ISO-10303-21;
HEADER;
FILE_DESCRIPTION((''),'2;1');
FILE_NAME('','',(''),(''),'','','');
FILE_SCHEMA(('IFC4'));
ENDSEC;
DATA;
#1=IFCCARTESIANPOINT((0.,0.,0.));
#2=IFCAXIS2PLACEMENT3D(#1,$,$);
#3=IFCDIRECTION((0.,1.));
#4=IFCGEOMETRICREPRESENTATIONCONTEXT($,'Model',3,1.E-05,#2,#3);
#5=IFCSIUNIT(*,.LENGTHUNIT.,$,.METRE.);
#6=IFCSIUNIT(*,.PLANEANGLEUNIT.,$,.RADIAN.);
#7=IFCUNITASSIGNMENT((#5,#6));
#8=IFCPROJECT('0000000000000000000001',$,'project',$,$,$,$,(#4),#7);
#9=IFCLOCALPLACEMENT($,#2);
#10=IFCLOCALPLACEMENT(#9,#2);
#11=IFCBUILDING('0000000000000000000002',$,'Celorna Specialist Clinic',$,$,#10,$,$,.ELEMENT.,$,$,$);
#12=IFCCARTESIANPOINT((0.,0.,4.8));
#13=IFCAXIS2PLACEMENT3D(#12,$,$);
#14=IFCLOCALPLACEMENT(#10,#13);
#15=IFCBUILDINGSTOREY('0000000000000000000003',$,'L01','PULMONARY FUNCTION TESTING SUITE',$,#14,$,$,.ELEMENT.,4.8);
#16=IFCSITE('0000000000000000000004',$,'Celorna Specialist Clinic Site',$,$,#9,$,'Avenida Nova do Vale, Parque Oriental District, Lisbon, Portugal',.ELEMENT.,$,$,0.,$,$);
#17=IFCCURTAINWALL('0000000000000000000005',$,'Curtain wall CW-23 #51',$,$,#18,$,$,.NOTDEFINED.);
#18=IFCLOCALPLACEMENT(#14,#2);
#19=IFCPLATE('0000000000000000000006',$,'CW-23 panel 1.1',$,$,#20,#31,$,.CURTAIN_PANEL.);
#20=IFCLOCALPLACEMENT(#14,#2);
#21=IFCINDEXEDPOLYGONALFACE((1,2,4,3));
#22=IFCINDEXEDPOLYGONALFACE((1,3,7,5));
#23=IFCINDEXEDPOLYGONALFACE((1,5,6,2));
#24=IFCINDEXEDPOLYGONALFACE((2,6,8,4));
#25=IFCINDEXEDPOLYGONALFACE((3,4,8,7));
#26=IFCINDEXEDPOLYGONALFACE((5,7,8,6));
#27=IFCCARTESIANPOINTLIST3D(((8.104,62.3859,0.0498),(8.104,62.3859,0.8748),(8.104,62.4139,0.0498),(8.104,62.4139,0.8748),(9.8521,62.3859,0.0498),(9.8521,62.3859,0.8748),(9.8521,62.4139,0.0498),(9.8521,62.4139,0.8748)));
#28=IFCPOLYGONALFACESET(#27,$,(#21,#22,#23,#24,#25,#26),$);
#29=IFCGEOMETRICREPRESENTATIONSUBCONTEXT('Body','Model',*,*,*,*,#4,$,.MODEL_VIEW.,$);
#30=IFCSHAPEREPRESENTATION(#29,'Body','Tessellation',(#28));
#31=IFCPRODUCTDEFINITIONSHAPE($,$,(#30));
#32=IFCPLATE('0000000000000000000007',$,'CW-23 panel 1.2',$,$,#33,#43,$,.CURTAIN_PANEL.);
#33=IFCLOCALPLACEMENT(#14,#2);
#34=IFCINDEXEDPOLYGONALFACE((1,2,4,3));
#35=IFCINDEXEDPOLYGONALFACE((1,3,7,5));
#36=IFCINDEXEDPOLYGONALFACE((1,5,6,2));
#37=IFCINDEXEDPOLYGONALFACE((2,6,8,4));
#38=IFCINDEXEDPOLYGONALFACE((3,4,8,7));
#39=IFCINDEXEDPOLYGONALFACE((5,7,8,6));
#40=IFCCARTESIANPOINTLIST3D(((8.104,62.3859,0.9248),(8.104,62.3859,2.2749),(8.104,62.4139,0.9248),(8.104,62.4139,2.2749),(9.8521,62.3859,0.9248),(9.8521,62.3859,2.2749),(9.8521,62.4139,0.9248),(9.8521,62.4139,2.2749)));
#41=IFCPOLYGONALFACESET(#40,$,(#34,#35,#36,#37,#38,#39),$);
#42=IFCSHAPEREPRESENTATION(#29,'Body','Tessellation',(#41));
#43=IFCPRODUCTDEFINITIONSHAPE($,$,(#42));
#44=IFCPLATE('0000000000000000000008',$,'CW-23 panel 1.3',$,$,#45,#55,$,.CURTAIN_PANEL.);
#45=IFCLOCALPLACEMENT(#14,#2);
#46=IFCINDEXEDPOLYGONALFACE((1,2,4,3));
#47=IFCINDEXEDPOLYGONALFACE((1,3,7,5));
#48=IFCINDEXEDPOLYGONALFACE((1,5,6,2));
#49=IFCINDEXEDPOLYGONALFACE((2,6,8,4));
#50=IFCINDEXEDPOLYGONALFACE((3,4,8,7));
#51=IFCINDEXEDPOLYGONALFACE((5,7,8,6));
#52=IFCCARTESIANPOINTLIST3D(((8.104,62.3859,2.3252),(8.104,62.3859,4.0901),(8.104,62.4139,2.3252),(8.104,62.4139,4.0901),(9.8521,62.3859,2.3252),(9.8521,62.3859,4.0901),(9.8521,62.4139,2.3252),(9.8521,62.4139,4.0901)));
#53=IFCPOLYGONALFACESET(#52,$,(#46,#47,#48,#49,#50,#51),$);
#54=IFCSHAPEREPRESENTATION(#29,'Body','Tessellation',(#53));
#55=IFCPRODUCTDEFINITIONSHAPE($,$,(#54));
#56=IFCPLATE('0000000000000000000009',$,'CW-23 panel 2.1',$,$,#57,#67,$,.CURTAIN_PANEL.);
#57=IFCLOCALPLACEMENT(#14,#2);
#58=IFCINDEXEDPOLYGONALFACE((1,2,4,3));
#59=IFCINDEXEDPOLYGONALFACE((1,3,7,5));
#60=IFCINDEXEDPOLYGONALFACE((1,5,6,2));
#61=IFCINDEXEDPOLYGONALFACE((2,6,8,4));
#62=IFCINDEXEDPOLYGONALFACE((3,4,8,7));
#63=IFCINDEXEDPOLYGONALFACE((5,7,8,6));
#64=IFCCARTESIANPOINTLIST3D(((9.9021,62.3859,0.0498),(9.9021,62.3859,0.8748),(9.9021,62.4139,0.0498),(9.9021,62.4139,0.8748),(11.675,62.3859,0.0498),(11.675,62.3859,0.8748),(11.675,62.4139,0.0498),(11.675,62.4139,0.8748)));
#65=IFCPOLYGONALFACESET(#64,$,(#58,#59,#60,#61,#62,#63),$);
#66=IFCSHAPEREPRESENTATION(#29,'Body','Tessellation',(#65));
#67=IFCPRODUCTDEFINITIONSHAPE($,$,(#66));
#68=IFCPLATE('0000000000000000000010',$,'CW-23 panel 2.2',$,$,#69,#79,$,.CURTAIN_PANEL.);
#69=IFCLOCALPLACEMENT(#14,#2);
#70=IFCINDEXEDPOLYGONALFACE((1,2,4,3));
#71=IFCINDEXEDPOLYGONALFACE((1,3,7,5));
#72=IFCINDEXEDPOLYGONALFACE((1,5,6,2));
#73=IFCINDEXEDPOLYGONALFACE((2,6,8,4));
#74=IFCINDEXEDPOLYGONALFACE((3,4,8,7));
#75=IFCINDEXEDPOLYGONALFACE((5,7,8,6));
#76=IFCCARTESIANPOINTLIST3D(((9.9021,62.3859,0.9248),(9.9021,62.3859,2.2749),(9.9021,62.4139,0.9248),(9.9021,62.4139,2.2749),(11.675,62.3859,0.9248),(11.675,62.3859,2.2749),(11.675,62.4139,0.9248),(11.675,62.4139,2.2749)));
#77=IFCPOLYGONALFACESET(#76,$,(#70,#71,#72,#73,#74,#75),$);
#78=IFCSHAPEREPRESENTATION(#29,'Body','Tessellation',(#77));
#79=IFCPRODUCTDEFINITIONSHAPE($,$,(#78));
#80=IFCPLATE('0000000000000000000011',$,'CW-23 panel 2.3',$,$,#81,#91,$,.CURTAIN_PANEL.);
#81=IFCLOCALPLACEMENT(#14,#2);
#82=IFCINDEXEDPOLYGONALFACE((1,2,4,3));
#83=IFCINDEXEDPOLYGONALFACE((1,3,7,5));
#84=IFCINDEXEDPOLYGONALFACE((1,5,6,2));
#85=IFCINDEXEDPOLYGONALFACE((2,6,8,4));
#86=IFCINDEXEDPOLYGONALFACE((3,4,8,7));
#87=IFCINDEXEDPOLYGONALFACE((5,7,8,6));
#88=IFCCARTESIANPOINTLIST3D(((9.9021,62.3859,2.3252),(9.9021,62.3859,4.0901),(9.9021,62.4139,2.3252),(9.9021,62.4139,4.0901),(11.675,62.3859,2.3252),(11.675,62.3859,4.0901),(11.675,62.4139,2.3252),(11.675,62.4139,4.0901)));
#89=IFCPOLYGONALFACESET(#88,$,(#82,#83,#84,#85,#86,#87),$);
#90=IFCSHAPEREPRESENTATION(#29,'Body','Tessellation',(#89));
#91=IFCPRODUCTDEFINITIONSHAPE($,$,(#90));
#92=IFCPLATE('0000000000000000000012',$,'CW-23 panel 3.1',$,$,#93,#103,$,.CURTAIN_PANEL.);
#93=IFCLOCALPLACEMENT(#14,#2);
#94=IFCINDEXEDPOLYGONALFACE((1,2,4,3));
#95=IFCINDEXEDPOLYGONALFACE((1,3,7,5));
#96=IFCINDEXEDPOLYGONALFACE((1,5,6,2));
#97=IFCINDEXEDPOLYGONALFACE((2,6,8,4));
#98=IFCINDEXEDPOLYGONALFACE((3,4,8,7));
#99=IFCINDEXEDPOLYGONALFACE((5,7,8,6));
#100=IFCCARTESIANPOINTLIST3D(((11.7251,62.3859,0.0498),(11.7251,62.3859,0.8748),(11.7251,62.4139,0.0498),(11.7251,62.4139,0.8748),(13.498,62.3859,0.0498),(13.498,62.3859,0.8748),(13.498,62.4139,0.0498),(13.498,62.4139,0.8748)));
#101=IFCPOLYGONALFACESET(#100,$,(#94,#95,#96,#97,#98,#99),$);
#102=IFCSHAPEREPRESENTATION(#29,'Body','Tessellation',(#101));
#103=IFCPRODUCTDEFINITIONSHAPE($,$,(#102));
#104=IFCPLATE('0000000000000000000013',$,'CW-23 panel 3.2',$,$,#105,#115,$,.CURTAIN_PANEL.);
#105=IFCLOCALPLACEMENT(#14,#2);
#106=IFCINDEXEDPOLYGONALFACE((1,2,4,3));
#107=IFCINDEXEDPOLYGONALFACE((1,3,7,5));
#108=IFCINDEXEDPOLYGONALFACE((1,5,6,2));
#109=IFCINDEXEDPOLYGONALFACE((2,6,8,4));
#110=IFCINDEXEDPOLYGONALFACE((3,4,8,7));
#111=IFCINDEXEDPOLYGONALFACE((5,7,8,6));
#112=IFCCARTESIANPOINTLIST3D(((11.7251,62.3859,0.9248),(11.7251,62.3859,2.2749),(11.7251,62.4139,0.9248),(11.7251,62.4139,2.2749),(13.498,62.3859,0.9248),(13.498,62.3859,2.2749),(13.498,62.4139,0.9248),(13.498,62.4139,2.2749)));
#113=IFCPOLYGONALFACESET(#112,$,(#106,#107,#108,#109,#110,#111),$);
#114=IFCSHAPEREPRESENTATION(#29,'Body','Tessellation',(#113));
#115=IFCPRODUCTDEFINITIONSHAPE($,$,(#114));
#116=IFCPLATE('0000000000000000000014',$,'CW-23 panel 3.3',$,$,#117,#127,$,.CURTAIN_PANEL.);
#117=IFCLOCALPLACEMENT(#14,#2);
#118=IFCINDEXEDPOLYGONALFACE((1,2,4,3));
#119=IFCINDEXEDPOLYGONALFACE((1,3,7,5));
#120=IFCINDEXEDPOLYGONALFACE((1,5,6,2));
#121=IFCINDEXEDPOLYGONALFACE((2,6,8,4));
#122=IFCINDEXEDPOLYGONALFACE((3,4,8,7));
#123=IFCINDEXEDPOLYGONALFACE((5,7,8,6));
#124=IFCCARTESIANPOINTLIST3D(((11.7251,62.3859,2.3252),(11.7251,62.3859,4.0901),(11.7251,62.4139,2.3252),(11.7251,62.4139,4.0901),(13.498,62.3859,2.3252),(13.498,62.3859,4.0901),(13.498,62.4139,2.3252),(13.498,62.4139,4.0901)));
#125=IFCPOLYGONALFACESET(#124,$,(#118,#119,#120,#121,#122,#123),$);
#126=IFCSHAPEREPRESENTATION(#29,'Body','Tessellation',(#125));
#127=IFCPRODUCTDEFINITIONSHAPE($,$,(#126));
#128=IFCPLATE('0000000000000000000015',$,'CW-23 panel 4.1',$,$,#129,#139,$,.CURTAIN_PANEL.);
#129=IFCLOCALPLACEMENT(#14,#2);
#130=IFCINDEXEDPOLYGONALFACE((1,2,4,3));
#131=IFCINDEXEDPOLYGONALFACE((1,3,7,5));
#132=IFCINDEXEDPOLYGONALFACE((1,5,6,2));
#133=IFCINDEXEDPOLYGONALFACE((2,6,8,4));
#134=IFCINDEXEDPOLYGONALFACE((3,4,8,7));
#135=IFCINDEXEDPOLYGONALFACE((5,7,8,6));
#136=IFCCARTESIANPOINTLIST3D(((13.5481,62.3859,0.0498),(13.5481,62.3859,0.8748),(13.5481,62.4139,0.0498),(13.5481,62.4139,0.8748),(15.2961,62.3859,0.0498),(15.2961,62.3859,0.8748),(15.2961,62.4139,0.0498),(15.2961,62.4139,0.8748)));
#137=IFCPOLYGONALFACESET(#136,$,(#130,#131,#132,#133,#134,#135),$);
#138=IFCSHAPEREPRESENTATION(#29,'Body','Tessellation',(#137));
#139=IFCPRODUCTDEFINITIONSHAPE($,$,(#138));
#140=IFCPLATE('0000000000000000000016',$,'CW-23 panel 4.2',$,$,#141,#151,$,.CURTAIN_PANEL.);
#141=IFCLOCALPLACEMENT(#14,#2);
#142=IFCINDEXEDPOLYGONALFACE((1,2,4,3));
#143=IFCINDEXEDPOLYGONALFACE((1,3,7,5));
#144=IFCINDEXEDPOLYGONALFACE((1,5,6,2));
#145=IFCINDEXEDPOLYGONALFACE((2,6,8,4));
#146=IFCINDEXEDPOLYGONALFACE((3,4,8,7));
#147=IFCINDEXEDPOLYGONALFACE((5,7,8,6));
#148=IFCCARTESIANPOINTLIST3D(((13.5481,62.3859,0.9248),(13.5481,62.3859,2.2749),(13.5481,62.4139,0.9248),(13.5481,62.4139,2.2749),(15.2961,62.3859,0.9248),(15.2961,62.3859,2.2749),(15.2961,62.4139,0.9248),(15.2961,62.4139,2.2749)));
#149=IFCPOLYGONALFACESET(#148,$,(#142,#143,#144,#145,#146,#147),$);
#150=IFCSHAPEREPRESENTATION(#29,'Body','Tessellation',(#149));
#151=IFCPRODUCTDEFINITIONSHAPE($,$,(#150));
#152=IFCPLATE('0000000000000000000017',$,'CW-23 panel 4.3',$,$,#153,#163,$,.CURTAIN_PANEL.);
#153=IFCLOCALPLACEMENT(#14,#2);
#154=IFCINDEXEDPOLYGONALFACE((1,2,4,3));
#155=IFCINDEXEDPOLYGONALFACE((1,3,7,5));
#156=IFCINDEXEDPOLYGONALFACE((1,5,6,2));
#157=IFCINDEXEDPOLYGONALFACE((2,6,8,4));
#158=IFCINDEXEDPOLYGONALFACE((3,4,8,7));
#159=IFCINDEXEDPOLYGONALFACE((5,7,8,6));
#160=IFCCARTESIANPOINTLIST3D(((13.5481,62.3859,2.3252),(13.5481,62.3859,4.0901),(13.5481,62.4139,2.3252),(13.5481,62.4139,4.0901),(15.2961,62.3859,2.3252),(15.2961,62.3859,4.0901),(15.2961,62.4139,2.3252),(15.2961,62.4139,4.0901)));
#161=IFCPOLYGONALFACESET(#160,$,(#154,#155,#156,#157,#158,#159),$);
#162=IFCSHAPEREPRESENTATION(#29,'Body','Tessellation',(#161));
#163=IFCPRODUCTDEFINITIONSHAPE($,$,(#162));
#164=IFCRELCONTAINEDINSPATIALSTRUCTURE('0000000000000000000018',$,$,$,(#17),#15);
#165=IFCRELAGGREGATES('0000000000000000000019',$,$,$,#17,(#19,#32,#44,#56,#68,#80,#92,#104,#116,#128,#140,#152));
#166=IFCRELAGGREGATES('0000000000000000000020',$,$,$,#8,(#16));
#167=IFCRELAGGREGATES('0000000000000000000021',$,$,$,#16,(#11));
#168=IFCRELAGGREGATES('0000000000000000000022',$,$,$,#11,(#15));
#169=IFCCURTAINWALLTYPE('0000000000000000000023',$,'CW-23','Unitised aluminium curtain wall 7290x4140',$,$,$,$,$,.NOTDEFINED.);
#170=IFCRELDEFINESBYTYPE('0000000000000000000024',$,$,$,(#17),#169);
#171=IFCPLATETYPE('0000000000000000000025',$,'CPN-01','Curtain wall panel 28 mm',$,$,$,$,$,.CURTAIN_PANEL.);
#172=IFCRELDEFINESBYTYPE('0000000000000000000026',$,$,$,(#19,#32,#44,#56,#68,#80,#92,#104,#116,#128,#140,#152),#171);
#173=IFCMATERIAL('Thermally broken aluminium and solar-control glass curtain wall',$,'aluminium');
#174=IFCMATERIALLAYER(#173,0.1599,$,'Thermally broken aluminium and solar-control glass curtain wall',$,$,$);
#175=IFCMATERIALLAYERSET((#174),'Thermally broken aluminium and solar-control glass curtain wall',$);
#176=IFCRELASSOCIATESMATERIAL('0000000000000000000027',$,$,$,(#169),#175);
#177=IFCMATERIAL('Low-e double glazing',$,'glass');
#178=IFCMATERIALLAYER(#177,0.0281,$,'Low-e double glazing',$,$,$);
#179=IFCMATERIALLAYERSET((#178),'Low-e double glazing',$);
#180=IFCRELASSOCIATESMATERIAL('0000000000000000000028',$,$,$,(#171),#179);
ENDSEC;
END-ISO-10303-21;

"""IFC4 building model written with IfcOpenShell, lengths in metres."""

from ifc_helpers import new_model, si_unit, direction, frame, origin, origin_2d, place, context, subcontext, project, spatial, rectangle, extrude, material, layer, layer_set, type_object, element, aggregate, save


model = new_model("IFC4")

# Units and contexts
model_context = context("Model", 3, precision=1e-05, world=origin(), true_north=direction((0.0, 1.0)))
body_context = subcontext(model_context, "Body", "Model", "MODEL_VIEW")
ifc_project = project(units=[si_unit("LENGTHUNIT", "METRE"), si_unit("PLANEANGLEUNIT", "RADIAN")], contexts=[model_context])

# Site, building, storey
site_placement = place(None, origin())
site = spatial("IfcSite", under=ifc_project, at=site_placement, Name="Celorna Specialist Clinic Site", LongName="Avenida Nova do Vale, Parque Oriental District, Lisbon, Portugal", CompositionType="ELEMENT", RefElevation=0.0)
building_placement = place(site_placement, origin())
building = spatial("IfcBuilding", under=site, at=building_placement, Name="Celorna Specialist Clinic", CompositionType="ELEMENT")
storey_placement = place(building_placement, frame((0.0, 0.0, 4.8)))
storey = spatial("IfcBuildingStorey", under=building, at=storey_placement, Name="L01", Description="PULMONARY FUNCTION TESTING SUITE", CompositionType="ELEMENT", Elevation=4.8)

# Curtain wall, plates
ifc_material_1 = material(Name="Thermally broken aluminium and solar-control glass curtain wall", Category="aluminium")
ifc_layer_1 = layer(ifc_material_1, 0.1599, Name="Thermally broken aluminium and solar-control glass curtain wall")
ifc_layer_set_1 = layer_set([ifc_layer_1], Name="Thermally broken aluminium and solar-control glass curtain wall")
curtain_wall_type = type_object("IfcCurtainWallType", Name="CW-23", Description="Unitised aluminium curtain wall 7290x4140", PredefinedType="NOTDEFINED", material=ifc_layer_set_1)
curtain_wall_placement = place(storey_placement, origin())
curtain_wall = element("IfcCurtainWall", 1, at=curtain_wall_placement, inside=storey, type_object=curtain_wall_type, Name="Curtain wall CW-23 #51", PredefinedType="NOTDEFINED")
ifc_material_2 = material(Name="Low-e double glazing", Category="glass")
ifc_layer_2 = layer(ifc_material_2, 0.0281, Name="Low-e double glazing")
ifc_layer_set_2 = layer_set([ifc_layer_2], Name="Low-e double glazing")
plate_type = type_object("IfcPlateType", Name="CPN-01", Description="Curtain wall panel 28 mm", PredefinedType="CURTAIN_PANEL", material=ifc_layer_set_2)
plate_1_placement = place(storey_placement, frame((8.978, 62.3999, 0.0498), z_axis=(0.0, 0.0, 1.0), x_axis=(1.0, 0.0, 0.0)))
plate_1 = element("IfcPlate", 2, at=plate_1_placement, type_object=plate_type, Name="CW-23 panel 1.1", PredefinedType="CURTAIN_PANEL", context=body_context, shape_type="SweptSolid", body=[
    extrude(rectangle(XDim=1.748, YDim=0.0281, at=origin_2d()), origin(), (0.0, 0.0, 1.0), 0.825),
])
plate_2_placement = place(storey_placement, frame((8.978, 62.3999, 0.9248), z_axis=(0.0, 0.0, 1.0), x_axis=(1.0, 0.0, 0.0)))
plate_2 = element("IfcPlate", 3, at=plate_2_placement, type_object=plate_type, Name="CW-23 panel 1.2", PredefinedType="CURTAIN_PANEL", context=body_context, shape_type="SweptSolid", body=[
    extrude(rectangle(XDim=1.748, YDim=0.0281, at=origin_2d()), origin(), (0.0, 0.0, 1.0), 1.3501),
])
plate_3_placement = place(storey_placement, frame((8.978, 62.3999, 2.3252), z_axis=(0.0, 0.0, 1.0), x_axis=(1.0, 0.0, 0.0)))
plate_3 = element("IfcPlate", 4, at=plate_3_placement, type_object=plate_type, Name="CW-23 panel 1.3", PredefinedType="CURTAIN_PANEL", context=body_context, shape_type="SweptSolid", body=[
    extrude(rectangle(XDim=1.748, YDim=0.0281, at=origin_2d()), origin(), (0.0, 0.0, 1.0), 1.7649),
])
plate_4_placement = place(storey_placement, frame((10.7886, 62.3999, 0.0498), z_axis=(0.0, 0.0, 1.0), x_axis=(1.0, 0.0, 0.0)))
plate_4 = element("IfcPlate", 5, at=plate_4_placement, type_object=plate_type, Name="CW-23 panel 2.1", PredefinedType="CURTAIN_PANEL", context=body_context, shape_type="SweptSolid", body=[
    extrude(rectangle(XDim=1.7729, YDim=0.0281, at=origin_2d()), origin(), (0.0, 0.0, 1.0), 0.825),
])
plate_5_placement = place(storey_placement, frame((10.7886, 62.3999, 0.9248), z_axis=(0.0, 0.0, 1.0), x_axis=(1.0, 0.0, 0.0)))
plate_5 = element("IfcPlate", 6, at=plate_5_placement, type_object=plate_type, Name="CW-23 panel 2.2", PredefinedType="CURTAIN_PANEL", context=body_context, shape_type="SweptSolid", body=[
    extrude(rectangle(XDim=1.7729, YDim=0.0281, at=origin_2d()), origin(), (0.0, 0.0, 1.0), 1.3501),
])
plate_6_placement = place(storey_placement, frame((10.7886, 62.3999, 2.3252), z_axis=(0.0, 0.0, 1.0), x_axis=(1.0, 0.0, 0.0)))
plate_6 = element("IfcPlate", 7, at=plate_6_placement, type_object=plate_type, Name="CW-23 panel 2.3", PredefinedType="CURTAIN_PANEL", context=body_context, shape_type="SweptSolid", body=[
    extrude(rectangle(XDim=1.7729, YDim=0.0281, at=origin_2d()), origin(), (0.0, 0.0, 1.0), 1.7649),
])
plate_7_placement = place(storey_placement, frame((12.6116, 62.3999, 0.0498), z_axis=(0.0, 0.0, 1.0), x_axis=(1.0, 0.0, 0.0)))
plate_7 = element("IfcPlate", 8, at=plate_7_placement, type_object=plate_type, Name="CW-23 panel 3.1", PredefinedType="CURTAIN_PANEL", context=body_context, shape_type="SweptSolid", body=[
    extrude(rectangle(XDim=1.7729, YDim=0.0281, at=origin_2d()), origin(), (0.0, 0.0, 1.0), 0.825),
])
plate_8_placement = place(storey_placement, frame((12.6116, 62.3999, 0.9248), z_axis=(0.0, 0.0, 1.0), x_axis=(1.0, 0.0, 0.0)))
plate_8 = element("IfcPlate", 9, at=plate_8_placement, type_object=plate_type, Name="CW-23 panel 3.2", PredefinedType="CURTAIN_PANEL", context=body_context, shape_type="SweptSolid", body=[
    extrude(rectangle(XDim=1.7729, YDim=0.0281, at=origin_2d()), origin(), (0.0, 0.0, 1.0), 1.3501),
])
plate_9_placement = place(storey_placement, frame((12.6116, 62.3999, 2.3252), z_axis=(0.0, 0.0, 1.0), x_axis=(1.0, 0.0, 0.0)))
plate_9 = element("IfcPlate", 10, at=plate_9_placement, type_object=plate_type, Name="CW-23 panel 3.3", PredefinedType="CURTAIN_PANEL", context=body_context, shape_type="SweptSolid", body=[
    extrude(rectangle(XDim=1.7729, YDim=0.0281, at=origin_2d()), origin(), (0.0, 0.0, 1.0), 1.7649),
])
plate_10_placement = place(storey_placement, frame((14.4221, 62.3999, 0.0498), z_axis=(0.0, 0.0, 1.0), x_axis=(1.0, 0.0, 0.0)))
plate_10 = element("IfcPlate", 11, at=plate_10_placement, type_object=plate_type, Name="CW-23 panel 4.1", PredefinedType="CURTAIN_PANEL", context=body_context, shape_type="SweptSolid", body=[
    extrude(rectangle(XDim=1.748, YDim=0.0281, at=origin_2d()), origin(), (0.0, 0.0, 1.0), 0.825),
])
plate_11_placement = place(storey_placement, frame((14.4221, 62.3999, 0.9248), z_axis=(0.0, 0.0, 1.0), x_axis=(1.0, 0.0, 0.0)))
plate_11 = element("IfcPlate", 12, at=plate_11_placement, type_object=plate_type, Name="CW-23 panel 4.2", PredefinedType="CURTAIN_PANEL", context=body_context, shape_type="SweptSolid", body=[
    extrude(rectangle(XDim=1.748, YDim=0.0281, at=origin_2d()), origin(), (0.0, 0.0, 1.0), 1.3501),
])
plate_12_placement = place(storey_placement, frame((14.4221, 62.3999, 2.3252), z_axis=(0.0, 0.0, 1.0), x_axis=(1.0, 0.0, 0.0)))
plate_12 = element("IfcPlate", 13, at=plate_12_placement, type_object=plate_type, Name="CW-23 panel 4.3", PredefinedType="CURTAIN_PANEL", context=body_context, shape_type="SweptSolid", body=[
    extrude(rectangle(XDim=1.748, YDim=0.0281, at=origin_2d()), origin(), (0.0, 0.0, 1.0), 1.7649),
])
aggregate(curtain_wall, [plate_1, plate_2, plate_3, plate_4, plate_5, plate_6, plate_7, plate_8, plate_9, plate_10, plate_11, plate_12])

save(model, "model.ifc")
